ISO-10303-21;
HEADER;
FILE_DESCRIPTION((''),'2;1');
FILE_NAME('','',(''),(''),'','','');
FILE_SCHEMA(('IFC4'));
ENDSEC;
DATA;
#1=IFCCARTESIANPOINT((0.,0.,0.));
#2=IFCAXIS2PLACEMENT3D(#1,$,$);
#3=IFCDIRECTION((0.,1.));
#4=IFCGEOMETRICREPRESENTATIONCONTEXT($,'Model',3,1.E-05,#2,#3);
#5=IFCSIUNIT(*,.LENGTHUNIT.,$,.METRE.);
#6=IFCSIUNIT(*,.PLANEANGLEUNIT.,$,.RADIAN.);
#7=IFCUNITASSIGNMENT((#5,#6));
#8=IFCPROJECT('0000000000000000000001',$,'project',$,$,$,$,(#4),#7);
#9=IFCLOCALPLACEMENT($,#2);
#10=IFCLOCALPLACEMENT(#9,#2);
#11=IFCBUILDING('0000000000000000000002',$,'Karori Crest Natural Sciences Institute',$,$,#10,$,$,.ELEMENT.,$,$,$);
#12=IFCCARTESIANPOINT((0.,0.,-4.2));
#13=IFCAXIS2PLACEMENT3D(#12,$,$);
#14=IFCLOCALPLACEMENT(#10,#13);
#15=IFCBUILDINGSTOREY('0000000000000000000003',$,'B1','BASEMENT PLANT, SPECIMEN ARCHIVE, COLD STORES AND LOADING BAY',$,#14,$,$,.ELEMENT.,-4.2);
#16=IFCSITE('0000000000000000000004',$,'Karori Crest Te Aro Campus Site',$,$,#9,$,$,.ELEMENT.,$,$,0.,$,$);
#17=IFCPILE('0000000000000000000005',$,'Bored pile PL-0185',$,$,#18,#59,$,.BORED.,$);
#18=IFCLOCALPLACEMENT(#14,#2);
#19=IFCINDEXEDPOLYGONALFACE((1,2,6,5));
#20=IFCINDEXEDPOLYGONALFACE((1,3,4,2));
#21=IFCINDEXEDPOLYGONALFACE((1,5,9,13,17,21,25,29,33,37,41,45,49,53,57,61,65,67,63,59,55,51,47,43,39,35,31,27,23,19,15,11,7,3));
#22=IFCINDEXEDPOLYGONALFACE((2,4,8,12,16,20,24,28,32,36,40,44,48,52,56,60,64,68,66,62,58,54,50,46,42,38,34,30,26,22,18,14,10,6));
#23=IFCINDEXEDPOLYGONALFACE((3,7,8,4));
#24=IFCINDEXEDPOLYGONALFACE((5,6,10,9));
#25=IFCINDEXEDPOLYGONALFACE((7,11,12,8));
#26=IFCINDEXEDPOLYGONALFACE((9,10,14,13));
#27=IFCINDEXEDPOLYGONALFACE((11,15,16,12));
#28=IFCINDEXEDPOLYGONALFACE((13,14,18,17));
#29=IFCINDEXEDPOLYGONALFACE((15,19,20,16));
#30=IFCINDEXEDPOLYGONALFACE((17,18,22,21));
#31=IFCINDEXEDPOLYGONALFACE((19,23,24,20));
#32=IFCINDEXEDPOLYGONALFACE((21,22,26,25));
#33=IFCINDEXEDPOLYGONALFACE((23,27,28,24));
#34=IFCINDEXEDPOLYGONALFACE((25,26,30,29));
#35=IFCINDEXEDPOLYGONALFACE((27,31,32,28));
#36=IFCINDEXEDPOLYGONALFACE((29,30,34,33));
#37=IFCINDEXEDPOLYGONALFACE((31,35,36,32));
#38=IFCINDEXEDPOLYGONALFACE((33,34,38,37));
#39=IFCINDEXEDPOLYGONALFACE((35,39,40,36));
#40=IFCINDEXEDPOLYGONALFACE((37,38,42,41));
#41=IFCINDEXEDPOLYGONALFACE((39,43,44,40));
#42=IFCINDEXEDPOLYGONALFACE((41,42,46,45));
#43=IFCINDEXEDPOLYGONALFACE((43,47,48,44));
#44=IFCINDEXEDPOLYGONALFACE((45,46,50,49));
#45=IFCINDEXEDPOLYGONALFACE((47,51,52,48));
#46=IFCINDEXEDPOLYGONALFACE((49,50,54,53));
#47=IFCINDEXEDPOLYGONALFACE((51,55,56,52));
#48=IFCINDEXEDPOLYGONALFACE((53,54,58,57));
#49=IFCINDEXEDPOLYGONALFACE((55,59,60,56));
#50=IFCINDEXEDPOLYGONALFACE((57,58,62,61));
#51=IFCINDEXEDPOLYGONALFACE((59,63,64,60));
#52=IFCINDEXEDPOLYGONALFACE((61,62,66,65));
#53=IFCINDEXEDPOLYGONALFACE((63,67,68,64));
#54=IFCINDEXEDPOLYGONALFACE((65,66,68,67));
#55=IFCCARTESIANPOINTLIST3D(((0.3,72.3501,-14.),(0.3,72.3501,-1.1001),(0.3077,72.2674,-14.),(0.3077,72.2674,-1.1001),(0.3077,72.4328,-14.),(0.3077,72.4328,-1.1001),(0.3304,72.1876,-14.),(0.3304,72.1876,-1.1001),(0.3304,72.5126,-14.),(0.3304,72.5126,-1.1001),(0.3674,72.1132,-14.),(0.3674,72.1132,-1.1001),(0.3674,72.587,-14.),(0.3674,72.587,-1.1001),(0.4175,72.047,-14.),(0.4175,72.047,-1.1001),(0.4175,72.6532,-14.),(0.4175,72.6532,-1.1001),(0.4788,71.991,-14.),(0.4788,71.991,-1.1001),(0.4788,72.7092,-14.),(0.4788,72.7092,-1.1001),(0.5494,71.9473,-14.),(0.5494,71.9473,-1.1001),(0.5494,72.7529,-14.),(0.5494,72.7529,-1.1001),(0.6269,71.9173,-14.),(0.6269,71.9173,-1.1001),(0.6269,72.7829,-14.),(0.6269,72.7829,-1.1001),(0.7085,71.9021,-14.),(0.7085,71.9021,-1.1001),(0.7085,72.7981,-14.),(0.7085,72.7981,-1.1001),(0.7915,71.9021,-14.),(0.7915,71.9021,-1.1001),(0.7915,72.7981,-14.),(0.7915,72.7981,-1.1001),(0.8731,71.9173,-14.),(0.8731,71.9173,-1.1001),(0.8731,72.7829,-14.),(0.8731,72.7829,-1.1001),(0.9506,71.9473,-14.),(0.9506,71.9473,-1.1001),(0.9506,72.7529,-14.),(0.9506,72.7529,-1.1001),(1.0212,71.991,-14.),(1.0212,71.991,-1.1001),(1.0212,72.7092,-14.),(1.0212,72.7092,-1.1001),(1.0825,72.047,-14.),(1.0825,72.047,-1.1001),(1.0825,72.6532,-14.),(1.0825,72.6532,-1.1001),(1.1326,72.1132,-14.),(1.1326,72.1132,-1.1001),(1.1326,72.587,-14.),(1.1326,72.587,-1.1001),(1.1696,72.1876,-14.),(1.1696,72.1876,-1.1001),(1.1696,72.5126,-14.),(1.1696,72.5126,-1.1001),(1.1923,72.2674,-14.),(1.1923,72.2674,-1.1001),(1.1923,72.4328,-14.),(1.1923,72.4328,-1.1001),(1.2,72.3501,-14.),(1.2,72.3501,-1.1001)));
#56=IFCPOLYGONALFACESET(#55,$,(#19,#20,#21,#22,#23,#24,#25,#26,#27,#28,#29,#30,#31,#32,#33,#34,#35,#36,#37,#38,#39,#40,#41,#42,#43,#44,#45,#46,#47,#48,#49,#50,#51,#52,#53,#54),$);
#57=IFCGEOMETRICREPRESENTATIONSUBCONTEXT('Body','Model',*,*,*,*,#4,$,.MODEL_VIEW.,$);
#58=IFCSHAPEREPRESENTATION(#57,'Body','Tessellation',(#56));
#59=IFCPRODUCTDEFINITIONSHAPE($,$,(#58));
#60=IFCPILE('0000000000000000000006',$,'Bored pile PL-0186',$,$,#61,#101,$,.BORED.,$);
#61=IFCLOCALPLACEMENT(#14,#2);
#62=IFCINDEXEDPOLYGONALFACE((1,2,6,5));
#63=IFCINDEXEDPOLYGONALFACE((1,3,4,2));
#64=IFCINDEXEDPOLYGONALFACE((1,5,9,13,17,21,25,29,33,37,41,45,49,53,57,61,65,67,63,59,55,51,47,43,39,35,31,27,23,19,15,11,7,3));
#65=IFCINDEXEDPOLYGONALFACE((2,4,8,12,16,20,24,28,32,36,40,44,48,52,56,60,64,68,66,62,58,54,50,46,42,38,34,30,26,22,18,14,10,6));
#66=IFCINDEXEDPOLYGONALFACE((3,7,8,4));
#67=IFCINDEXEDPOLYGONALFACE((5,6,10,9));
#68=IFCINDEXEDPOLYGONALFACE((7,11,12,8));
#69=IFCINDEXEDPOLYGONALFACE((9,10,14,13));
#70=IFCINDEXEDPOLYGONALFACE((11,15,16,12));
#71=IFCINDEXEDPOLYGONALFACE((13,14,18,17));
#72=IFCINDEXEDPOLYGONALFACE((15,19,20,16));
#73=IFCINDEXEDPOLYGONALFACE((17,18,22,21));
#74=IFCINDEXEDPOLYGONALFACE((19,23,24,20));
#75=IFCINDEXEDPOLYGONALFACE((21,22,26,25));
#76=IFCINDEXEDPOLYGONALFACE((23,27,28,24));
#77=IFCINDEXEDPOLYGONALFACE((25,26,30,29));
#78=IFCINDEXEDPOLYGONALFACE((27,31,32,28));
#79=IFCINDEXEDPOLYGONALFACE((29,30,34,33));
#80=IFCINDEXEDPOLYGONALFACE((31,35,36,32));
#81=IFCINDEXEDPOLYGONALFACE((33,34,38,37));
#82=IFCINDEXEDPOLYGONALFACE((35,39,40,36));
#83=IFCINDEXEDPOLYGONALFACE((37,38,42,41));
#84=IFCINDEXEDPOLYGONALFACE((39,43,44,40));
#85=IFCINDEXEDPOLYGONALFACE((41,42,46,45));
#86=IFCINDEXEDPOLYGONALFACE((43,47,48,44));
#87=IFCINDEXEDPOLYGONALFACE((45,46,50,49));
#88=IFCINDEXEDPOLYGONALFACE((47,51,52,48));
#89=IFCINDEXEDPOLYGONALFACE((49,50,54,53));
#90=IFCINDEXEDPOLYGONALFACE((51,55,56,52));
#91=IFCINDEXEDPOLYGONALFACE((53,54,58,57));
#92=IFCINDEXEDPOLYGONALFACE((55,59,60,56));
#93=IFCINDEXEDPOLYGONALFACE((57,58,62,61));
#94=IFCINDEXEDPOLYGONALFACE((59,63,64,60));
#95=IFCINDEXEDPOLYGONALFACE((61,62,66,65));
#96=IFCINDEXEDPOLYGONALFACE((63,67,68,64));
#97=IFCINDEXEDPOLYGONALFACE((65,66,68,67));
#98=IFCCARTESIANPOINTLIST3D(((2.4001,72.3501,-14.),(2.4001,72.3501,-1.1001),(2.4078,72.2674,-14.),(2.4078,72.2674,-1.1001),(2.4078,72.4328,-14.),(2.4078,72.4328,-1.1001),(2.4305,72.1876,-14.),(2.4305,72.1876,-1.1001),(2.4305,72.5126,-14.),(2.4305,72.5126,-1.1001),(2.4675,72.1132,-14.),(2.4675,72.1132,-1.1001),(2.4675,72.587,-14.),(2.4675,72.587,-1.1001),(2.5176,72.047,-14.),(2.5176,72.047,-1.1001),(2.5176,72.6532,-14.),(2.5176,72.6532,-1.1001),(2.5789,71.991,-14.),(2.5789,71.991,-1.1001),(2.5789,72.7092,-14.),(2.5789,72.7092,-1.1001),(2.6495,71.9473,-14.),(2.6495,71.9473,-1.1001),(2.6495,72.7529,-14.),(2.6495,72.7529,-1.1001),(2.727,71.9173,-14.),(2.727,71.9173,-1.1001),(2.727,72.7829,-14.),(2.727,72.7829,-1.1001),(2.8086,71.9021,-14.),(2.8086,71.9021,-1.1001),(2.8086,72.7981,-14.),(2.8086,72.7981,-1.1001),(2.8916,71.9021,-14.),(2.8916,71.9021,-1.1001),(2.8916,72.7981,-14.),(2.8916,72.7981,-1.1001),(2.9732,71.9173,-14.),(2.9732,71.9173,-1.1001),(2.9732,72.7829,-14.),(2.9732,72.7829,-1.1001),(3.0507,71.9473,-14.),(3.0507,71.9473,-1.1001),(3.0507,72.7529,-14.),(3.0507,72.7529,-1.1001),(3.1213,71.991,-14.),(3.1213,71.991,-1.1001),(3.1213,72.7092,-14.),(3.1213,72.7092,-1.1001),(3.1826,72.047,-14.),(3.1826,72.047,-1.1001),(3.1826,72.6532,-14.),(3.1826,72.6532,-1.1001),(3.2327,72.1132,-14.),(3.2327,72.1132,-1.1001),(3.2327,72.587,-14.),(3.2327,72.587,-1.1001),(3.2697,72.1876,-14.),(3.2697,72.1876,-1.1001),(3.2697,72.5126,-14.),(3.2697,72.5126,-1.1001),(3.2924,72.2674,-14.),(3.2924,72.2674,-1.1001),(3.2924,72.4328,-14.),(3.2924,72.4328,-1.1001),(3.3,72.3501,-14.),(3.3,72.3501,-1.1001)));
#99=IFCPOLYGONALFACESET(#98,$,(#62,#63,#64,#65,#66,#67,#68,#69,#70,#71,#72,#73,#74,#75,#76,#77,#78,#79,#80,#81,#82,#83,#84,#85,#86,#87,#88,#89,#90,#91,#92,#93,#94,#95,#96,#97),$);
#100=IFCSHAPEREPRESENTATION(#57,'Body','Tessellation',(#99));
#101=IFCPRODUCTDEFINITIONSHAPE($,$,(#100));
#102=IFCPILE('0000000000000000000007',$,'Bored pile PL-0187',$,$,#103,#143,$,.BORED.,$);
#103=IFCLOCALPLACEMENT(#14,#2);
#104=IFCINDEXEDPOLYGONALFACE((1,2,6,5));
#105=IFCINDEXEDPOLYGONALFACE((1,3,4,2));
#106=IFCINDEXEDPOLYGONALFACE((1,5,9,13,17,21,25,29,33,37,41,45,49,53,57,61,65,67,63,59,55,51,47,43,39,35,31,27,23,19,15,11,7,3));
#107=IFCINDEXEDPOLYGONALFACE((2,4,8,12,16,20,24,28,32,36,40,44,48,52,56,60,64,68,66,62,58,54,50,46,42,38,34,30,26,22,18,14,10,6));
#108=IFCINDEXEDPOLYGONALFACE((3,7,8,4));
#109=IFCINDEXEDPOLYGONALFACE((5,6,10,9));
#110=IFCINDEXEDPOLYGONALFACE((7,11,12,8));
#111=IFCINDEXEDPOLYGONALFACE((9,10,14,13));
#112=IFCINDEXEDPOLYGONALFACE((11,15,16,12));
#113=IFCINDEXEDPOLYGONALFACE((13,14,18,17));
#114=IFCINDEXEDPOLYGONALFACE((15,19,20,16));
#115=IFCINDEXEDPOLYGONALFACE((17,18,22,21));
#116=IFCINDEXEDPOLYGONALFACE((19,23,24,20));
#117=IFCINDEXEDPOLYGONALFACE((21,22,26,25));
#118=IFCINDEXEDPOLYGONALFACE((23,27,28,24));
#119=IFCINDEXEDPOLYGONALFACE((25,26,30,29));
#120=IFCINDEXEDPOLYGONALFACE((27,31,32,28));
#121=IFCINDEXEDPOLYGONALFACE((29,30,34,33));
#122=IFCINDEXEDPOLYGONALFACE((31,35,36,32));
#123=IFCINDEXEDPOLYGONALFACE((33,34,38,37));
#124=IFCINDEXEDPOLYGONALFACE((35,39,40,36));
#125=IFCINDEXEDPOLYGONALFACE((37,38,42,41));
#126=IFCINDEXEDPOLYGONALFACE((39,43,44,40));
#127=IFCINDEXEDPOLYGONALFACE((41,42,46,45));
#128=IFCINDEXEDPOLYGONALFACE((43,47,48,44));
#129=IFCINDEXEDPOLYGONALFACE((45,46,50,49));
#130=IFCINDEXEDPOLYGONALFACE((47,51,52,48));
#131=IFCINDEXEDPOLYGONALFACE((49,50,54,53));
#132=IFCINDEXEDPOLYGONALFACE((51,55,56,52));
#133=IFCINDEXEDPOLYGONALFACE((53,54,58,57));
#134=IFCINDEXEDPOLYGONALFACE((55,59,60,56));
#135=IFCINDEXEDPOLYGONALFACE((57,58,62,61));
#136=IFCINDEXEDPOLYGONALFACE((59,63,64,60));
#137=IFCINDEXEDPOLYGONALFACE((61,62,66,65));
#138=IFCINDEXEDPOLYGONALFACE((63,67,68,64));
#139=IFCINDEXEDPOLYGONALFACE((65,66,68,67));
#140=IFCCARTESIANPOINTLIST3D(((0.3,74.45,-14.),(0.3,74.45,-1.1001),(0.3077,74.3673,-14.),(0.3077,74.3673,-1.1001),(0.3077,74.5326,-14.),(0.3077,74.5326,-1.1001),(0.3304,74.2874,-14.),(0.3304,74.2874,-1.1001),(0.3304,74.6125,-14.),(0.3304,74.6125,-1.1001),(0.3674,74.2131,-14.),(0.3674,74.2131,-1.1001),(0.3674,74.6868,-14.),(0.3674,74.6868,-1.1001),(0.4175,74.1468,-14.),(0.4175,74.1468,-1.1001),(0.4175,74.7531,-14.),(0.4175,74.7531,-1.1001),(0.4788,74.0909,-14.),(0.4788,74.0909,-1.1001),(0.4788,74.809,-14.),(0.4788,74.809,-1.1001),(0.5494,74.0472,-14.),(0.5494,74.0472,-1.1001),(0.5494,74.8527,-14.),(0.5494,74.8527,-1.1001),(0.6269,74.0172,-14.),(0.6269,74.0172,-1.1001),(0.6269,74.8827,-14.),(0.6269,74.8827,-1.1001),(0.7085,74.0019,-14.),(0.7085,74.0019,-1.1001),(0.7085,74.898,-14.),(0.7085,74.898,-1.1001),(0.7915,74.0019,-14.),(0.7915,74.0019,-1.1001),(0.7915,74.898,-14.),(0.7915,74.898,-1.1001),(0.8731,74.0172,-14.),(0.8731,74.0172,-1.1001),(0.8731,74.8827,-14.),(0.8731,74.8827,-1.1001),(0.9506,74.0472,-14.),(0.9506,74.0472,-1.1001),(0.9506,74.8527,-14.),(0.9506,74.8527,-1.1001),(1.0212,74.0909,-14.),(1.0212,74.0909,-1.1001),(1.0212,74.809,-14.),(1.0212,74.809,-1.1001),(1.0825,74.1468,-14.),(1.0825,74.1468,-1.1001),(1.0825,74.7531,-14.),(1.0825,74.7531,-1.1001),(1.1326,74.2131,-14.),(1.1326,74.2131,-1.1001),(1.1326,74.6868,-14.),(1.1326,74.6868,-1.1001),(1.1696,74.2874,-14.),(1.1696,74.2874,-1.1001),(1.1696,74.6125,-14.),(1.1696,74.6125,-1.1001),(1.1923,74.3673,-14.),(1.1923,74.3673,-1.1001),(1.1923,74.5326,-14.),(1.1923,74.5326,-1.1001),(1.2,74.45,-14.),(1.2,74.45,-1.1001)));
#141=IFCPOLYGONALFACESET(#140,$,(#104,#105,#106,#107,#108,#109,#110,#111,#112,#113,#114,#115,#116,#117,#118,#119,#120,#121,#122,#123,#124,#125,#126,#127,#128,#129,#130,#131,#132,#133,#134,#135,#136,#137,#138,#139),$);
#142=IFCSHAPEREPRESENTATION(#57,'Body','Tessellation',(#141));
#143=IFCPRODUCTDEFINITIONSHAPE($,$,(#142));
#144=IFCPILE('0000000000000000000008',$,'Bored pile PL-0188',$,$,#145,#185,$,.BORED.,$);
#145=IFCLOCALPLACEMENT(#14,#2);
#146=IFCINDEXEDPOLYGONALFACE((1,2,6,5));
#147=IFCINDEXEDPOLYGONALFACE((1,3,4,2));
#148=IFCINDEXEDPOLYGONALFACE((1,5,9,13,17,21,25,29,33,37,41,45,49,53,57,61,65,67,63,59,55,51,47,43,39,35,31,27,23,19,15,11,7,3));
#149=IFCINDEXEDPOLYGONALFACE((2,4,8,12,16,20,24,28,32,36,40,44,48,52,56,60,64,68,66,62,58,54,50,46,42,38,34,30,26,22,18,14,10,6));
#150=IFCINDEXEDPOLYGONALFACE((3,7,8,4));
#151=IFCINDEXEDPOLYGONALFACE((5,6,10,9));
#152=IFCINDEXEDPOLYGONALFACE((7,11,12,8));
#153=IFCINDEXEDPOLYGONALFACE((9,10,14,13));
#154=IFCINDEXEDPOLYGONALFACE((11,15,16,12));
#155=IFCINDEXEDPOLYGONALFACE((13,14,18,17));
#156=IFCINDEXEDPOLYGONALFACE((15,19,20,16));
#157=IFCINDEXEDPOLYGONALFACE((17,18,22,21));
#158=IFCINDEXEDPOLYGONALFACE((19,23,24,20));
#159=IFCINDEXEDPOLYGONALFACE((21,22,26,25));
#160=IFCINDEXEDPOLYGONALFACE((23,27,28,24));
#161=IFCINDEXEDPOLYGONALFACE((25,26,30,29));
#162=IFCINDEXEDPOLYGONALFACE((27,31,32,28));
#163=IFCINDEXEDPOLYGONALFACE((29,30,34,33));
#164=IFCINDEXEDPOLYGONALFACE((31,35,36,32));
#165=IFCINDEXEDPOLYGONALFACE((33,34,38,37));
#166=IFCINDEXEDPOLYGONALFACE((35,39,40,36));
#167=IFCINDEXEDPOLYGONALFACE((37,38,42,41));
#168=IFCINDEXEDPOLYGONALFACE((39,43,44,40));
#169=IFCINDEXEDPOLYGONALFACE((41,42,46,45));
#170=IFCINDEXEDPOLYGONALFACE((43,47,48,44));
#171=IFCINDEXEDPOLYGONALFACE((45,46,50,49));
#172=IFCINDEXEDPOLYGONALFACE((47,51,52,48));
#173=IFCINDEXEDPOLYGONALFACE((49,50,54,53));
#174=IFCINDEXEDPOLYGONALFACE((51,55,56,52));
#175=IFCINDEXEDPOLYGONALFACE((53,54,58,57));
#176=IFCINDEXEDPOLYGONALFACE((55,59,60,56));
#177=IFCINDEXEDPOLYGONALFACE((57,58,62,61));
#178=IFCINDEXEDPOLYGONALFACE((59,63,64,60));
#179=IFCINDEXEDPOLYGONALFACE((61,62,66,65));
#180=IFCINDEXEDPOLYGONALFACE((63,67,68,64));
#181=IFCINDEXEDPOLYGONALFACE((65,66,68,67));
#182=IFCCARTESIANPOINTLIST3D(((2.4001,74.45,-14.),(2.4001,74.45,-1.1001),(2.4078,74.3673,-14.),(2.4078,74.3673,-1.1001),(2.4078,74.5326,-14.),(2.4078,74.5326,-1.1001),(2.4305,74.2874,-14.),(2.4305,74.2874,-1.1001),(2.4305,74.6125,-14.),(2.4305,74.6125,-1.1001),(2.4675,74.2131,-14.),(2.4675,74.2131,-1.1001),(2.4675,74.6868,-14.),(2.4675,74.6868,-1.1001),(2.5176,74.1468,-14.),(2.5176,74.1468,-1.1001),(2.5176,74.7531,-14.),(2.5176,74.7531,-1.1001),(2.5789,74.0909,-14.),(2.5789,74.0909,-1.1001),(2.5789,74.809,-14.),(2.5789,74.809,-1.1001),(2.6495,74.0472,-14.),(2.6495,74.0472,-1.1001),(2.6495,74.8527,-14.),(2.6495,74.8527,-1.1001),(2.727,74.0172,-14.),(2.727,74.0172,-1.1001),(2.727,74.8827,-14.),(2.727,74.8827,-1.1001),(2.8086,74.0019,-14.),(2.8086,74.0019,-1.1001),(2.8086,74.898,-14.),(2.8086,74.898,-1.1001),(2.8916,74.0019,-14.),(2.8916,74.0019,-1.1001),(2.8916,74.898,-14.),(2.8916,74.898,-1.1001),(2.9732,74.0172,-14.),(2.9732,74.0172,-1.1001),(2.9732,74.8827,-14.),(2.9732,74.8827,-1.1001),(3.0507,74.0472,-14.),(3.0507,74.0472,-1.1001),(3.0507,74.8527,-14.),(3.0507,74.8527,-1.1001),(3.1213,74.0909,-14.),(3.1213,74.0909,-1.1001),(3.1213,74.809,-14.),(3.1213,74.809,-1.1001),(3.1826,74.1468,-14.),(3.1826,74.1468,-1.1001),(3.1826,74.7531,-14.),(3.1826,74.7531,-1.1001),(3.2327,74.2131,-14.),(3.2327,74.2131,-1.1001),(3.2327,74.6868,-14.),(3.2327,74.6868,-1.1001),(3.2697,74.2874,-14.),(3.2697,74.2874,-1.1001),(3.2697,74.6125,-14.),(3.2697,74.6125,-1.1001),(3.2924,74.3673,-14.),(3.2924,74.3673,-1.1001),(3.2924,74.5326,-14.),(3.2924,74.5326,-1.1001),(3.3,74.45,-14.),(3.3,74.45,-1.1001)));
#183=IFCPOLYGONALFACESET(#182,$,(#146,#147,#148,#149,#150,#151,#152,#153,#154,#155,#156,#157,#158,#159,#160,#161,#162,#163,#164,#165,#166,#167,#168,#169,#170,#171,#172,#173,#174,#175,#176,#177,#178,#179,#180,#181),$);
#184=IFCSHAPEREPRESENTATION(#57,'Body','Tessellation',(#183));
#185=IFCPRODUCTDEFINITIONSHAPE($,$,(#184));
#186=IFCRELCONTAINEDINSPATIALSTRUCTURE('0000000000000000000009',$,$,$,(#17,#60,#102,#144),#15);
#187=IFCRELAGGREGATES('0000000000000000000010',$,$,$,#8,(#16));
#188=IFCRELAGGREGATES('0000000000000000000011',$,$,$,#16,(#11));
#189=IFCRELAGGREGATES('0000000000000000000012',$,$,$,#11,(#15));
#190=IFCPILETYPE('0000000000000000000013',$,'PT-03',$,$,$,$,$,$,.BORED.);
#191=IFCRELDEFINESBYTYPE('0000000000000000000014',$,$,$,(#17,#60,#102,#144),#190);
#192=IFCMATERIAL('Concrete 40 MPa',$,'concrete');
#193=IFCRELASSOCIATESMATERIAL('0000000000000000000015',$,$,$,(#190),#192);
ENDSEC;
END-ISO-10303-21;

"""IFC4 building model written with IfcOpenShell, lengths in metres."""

from ifc_helpers import new_model, si_unit, direction, frame, origin, origin_2d, place, context, subcontext, project, spatial, circle, extrude, material, material_profile, profile_set, type_object, element, save


model = new_model("IFC4")

# Units and contexts
model_context = context("Model", 3, precision=1e-05, world=origin(), true_north=direction((0.0, 1.0)))
body_context = subcontext(model_context, "Body", "Model", "MODEL_VIEW")
ifc_project = project(units=[si_unit("LENGTHUNIT", "METRE"), si_unit("PLANEANGLEUNIT", "RADIAN")], contexts=[model_context])

# Site, building, storey
site_placement = place(None, origin())
site = spatial("IfcSite", under=ifc_project, at=site_placement, Name="Karori Crest Te Aro Campus Site", CompositionType="ELEMENT", RefElevation=0.0)
building_placement = place(site_placement, origin())
building = spatial("IfcBuilding", under=site, at=building_placement, Name="Karori Crest Natural Sciences Institute", CompositionType="ELEMENT")
storey_placement = place(building_placement, frame((0.0, 0.0, -4.2)))
storey = spatial("IfcBuildingStorey", under=building, at=storey_placement, Name="B1", Description="BASEMENT PLANT, SPECIMEN ARCHIVE, COLD STORES AND LOADING BAY", CompositionType="ELEMENT", Elevation=-4.2)

# Shared definitions
ifc_material_1 = material(Name="Concrete 40 MPa", Category="concrete")

# Piles
ifc_material_profile_1 = material_profile(ifc_material_1, circle(Radius=0.45, at=origin_2d()), Name="PILE900")
ifc_profile_set_1 = profile_set([ifc_material_profile_1], Name="Concrete 40 MPa")
pile_type_1 = type_object("IfcPileType", Name="PT-03", PredefinedType="BORED", material=ifc_profile_set_1)
for number, where, z_axis, x_axis, name in (
    (1, (0.75, 72.3501, -1.1001), (0.0, 0.0, -1.0), (1.0, 0.0, 0.0), "Bored pile PL-0185"),
    (2, (2.8501, 72.3501, -1.1001), (0.0, 0.0, -1.0), (1.0, 0.0, 0.0), "Bored pile PL-0186"),
    (3, (0.75, 74.45, -1.1001), (0.0, 0.0, -1.0), (1.0, 0.0, 0.0), "Bored pile PL-0187"),
    (4, (2.8501, 74.45, -1.1001), (0.0, 0.0, -1.0), (1.0, 0.0, 0.0), "Bored pile PL-0188"),
):
    element("IfcPile", number, at=place(storey_placement, frame(where, z_axis=z_axis, x_axis=x_axis)), inside=storey, type_object=pile_type_1, Name=name, PredefinedType="BORED", context=body_context, shape_type="SweptSolid", body=[
        extrude(circle(Radius=0.45, at=origin_2d()), origin(), (0.0, 0.0, 1.0), 12.8999),
    ])

save(model, "model.ifc")
